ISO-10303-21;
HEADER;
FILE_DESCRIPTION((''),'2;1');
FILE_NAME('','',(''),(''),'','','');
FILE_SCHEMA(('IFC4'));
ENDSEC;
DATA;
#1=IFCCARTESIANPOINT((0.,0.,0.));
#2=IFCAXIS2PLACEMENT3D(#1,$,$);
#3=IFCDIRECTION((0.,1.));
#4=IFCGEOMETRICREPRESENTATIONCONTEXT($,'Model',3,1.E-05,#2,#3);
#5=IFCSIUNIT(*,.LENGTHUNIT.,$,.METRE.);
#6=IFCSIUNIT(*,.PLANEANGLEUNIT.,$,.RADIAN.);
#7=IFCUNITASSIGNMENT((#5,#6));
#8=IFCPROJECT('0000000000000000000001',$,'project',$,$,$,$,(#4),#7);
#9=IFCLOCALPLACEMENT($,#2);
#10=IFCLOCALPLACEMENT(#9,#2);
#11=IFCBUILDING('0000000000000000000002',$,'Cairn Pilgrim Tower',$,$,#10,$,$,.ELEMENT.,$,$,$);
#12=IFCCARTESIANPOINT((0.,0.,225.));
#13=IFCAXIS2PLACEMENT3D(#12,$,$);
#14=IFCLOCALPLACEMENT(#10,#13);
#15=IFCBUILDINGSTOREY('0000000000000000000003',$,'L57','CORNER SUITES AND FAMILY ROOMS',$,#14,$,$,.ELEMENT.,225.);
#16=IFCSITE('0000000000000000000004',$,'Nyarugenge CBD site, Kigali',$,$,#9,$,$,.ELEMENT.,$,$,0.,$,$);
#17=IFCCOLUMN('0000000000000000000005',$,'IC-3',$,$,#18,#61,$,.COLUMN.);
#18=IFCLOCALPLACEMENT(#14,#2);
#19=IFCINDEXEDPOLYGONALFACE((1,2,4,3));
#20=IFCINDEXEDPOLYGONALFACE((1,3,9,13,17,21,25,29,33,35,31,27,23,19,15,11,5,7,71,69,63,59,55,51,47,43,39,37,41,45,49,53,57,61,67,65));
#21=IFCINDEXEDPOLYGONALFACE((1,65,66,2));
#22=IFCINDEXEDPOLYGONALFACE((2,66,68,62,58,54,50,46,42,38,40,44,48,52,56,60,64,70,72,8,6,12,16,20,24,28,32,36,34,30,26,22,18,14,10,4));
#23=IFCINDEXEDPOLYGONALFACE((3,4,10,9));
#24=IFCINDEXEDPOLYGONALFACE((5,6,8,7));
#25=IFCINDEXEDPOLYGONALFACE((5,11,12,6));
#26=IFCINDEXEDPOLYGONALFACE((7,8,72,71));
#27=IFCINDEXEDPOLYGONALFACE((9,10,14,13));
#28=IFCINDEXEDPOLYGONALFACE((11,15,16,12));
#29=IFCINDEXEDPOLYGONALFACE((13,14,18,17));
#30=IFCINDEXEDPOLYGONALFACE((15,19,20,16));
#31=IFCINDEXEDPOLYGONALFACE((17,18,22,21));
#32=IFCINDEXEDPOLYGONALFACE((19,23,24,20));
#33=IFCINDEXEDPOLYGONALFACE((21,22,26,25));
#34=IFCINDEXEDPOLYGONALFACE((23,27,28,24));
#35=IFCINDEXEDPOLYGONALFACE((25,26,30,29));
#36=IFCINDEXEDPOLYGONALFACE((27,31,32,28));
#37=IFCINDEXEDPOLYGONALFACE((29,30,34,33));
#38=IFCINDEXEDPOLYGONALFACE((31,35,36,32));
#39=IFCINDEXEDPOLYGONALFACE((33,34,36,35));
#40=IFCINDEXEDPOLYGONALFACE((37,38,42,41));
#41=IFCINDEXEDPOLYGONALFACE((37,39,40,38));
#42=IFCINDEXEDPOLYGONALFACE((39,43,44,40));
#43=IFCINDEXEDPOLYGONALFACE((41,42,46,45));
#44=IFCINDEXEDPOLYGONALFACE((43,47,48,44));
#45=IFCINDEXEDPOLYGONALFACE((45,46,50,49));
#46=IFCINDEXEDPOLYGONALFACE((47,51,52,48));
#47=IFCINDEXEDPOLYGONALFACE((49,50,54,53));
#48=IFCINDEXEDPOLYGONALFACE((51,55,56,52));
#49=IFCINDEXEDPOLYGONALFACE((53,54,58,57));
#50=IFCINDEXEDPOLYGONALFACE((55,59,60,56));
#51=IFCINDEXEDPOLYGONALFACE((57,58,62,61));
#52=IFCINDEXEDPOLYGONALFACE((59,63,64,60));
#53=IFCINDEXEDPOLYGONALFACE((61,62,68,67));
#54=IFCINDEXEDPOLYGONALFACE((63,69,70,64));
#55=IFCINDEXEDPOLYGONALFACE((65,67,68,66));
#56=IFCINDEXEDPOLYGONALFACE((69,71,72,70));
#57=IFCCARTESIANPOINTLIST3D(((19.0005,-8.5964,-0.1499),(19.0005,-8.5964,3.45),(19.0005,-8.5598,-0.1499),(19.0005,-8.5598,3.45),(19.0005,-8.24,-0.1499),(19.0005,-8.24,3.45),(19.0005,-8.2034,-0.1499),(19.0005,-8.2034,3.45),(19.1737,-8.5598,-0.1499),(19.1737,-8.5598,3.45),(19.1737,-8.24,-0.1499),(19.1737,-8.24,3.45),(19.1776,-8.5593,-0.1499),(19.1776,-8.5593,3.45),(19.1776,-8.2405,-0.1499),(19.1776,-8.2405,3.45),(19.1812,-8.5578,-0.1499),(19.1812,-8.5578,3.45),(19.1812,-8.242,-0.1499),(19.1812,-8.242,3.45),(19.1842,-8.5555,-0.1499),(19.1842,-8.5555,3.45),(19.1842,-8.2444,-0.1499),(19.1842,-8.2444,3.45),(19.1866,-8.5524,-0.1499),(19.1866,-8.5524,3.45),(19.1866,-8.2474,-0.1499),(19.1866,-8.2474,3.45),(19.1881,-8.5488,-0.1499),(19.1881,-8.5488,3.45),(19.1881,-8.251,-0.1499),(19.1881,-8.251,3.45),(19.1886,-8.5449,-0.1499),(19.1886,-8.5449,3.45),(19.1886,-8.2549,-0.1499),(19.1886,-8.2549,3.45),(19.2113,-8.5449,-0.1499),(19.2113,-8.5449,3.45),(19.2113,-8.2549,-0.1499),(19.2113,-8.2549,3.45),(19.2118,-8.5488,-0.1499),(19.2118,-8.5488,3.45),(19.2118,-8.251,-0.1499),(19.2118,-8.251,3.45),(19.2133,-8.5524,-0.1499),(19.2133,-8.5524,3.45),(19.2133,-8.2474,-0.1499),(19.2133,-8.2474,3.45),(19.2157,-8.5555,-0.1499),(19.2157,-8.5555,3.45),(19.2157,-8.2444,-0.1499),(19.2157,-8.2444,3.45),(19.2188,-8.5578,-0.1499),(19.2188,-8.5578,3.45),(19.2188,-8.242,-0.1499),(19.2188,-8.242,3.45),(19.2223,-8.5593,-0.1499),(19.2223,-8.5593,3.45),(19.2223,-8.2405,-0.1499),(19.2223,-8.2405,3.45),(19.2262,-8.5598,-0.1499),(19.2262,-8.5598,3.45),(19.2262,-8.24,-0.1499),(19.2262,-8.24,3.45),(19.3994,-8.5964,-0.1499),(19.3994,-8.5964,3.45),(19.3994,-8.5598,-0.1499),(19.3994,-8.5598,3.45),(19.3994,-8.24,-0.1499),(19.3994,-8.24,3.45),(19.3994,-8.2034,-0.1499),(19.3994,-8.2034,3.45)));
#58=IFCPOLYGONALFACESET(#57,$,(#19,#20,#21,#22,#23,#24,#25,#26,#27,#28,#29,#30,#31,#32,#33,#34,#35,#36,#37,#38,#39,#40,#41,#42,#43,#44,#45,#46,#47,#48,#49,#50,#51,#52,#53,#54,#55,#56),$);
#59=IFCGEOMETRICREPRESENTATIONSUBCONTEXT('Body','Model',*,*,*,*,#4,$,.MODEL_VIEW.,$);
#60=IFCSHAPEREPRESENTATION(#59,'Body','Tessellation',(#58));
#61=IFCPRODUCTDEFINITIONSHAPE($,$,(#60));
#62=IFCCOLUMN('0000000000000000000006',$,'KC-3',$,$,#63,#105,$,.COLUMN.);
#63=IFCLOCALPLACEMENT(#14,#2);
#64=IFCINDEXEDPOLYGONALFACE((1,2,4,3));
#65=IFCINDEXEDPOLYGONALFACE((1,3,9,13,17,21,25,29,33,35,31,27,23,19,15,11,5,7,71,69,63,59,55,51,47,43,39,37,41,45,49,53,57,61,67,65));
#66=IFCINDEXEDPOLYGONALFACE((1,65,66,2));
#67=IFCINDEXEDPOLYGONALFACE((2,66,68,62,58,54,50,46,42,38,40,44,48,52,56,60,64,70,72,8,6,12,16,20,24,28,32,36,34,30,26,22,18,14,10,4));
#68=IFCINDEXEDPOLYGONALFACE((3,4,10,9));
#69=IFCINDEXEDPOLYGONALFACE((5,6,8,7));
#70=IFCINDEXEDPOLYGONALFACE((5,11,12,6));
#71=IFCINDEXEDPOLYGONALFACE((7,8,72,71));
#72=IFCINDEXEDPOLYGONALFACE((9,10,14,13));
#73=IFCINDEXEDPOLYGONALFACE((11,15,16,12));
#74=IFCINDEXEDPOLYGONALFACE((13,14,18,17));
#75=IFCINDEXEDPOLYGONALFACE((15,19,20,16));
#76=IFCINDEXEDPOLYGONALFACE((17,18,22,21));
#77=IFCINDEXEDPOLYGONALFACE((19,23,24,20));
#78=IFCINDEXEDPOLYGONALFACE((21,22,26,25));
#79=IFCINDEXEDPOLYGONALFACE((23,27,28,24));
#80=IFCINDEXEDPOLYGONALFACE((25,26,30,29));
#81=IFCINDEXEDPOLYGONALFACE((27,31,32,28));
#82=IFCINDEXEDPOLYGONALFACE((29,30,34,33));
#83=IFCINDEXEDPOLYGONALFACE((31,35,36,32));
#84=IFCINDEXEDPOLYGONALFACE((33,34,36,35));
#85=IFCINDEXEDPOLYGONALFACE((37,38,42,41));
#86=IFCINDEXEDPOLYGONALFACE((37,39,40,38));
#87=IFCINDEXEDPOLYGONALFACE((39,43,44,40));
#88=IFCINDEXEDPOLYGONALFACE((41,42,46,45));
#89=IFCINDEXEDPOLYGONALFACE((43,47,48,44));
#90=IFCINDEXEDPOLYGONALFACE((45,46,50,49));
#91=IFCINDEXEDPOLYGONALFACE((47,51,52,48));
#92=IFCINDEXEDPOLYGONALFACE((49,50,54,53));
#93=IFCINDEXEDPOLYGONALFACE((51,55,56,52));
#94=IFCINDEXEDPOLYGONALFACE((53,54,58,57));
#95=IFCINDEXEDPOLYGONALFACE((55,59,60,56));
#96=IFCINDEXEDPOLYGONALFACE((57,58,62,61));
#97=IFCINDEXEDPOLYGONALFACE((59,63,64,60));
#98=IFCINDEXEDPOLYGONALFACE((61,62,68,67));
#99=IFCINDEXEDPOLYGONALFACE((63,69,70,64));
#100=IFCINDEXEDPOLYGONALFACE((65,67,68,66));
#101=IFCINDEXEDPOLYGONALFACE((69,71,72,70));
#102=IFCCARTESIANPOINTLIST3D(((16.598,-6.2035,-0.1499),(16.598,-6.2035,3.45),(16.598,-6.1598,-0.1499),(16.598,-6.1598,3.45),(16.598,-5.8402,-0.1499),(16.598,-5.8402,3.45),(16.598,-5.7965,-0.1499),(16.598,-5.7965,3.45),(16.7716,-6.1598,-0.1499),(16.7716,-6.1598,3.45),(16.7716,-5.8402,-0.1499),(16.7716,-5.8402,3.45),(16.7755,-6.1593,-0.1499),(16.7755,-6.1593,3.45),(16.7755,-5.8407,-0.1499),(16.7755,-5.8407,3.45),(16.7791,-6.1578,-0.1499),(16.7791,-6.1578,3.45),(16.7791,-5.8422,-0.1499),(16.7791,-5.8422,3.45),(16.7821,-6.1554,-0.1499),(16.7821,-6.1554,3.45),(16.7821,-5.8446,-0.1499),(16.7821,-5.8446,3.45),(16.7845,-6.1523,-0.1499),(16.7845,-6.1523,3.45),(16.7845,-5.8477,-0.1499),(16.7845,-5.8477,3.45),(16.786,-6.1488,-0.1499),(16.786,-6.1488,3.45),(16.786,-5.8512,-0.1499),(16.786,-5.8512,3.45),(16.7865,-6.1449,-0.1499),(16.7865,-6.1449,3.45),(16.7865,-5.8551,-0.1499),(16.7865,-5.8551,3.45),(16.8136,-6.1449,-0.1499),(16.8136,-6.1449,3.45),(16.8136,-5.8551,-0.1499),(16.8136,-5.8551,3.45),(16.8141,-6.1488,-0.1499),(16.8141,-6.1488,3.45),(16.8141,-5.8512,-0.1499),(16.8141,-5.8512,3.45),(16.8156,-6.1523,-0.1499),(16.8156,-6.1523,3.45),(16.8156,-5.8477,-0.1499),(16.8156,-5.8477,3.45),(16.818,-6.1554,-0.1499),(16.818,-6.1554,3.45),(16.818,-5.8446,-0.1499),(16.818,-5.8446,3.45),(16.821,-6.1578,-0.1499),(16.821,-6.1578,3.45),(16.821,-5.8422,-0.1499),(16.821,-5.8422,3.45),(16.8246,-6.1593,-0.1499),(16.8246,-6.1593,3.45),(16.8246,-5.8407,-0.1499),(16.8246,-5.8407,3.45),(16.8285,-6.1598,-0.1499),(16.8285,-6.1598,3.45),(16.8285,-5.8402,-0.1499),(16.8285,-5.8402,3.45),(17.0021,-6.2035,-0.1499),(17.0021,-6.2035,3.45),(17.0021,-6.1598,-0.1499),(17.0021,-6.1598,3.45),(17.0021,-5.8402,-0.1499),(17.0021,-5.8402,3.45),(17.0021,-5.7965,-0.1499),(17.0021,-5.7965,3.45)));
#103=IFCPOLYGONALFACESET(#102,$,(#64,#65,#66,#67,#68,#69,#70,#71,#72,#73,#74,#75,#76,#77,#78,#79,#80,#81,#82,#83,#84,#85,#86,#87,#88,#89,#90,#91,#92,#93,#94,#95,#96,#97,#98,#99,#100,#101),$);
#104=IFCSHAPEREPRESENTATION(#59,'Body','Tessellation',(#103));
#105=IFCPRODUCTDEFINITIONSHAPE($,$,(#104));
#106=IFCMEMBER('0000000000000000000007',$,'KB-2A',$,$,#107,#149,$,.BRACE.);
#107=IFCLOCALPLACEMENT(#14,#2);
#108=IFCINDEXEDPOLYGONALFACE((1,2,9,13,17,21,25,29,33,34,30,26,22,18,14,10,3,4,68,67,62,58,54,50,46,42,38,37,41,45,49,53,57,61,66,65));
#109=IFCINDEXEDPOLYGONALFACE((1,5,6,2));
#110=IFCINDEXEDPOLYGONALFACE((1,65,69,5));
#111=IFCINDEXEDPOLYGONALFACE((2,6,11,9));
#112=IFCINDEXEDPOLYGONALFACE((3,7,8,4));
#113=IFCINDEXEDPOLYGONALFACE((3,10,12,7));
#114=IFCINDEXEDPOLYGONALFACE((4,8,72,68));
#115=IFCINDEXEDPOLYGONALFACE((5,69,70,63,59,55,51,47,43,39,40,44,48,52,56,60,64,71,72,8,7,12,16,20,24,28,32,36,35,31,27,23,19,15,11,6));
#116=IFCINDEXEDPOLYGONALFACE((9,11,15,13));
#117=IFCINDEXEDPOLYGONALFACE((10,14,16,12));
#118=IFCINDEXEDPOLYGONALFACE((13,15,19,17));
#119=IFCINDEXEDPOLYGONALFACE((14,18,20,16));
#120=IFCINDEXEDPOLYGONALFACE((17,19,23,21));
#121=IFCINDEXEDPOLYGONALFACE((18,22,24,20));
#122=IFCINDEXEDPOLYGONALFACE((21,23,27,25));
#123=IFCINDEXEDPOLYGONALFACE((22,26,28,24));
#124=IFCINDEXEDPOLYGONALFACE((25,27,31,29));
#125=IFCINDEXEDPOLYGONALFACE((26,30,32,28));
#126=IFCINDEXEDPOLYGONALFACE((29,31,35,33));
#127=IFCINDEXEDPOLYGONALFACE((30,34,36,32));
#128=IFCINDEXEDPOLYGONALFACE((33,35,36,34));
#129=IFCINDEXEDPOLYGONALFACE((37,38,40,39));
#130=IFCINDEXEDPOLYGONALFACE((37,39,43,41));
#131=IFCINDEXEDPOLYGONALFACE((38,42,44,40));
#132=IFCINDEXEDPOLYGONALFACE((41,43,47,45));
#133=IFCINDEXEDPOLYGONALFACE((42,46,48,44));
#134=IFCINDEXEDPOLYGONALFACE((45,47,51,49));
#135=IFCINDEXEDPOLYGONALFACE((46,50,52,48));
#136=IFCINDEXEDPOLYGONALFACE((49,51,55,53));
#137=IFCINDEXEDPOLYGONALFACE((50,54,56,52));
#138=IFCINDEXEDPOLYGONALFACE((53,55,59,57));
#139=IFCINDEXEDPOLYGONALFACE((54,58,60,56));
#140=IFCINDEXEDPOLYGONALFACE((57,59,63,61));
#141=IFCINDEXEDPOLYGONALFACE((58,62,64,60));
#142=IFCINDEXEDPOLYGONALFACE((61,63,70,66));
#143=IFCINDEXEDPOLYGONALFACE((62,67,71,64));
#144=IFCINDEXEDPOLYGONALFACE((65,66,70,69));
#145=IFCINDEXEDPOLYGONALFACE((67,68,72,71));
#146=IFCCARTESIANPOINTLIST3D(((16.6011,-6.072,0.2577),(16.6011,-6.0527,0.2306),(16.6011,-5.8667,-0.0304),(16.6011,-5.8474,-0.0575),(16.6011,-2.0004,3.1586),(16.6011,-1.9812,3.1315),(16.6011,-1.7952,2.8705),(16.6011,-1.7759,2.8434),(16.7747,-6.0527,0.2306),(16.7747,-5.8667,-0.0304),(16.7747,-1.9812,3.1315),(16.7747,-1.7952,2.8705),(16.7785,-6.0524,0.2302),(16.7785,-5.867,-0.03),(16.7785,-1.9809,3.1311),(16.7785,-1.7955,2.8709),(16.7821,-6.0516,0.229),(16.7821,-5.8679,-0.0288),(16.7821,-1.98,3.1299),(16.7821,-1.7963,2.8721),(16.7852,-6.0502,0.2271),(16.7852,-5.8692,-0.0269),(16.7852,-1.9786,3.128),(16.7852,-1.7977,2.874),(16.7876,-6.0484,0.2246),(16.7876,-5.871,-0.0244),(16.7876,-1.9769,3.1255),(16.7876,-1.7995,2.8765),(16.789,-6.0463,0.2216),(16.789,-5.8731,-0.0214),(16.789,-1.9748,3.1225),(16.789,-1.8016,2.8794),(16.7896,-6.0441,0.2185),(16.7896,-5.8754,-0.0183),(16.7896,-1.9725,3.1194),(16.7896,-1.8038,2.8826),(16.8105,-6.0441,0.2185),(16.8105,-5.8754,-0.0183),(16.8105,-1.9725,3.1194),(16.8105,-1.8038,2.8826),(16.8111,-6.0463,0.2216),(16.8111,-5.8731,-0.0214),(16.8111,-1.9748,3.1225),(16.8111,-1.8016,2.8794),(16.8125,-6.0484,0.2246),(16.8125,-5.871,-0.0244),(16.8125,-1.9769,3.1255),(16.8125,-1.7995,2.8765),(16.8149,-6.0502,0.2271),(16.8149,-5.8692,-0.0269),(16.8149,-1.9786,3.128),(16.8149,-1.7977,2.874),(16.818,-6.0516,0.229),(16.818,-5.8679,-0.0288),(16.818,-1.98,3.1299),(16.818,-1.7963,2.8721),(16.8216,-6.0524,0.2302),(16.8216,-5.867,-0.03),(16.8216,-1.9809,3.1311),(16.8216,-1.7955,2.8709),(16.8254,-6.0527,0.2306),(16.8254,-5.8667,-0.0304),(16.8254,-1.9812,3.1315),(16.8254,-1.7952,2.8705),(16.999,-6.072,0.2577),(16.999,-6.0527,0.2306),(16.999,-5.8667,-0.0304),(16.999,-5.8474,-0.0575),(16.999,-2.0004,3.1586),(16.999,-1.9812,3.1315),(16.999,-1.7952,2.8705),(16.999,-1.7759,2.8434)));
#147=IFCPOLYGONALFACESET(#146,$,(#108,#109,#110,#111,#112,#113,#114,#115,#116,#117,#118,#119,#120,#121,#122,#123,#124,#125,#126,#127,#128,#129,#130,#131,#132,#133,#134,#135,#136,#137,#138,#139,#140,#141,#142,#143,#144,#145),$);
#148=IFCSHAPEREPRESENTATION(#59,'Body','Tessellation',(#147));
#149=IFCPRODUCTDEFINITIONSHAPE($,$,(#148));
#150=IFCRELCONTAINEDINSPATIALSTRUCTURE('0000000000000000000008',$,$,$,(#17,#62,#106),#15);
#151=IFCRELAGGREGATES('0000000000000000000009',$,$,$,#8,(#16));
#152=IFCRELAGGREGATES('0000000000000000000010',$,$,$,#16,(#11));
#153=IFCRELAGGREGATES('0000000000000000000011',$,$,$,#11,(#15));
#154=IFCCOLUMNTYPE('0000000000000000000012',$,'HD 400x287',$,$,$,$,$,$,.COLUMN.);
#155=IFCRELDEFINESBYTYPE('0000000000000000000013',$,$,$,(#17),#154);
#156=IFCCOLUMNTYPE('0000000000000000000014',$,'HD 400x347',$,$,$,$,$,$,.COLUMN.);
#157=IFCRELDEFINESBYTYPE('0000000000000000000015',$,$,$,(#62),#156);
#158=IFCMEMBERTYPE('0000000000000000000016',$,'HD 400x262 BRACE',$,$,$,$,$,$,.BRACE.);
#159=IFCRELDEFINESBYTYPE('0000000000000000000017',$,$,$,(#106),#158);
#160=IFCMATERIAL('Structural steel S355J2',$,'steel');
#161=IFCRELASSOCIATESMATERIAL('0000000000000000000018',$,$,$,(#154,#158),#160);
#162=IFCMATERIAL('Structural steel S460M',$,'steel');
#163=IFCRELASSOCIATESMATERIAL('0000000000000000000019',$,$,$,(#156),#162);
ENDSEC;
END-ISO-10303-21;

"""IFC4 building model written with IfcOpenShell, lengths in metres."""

from ifc_helpers import new_model, si_unit, direction, frame, origin, origin_2d, place, context, subcontext, project, spatial, i_section, extrude, material, material_profile, profile_set, type_object, element, save


model = new_model("IFC4")

# Units and contexts
model_context = context("Model", 3, precision=1e-05, world=origin(), true_north=direction((0.0, 1.0)))
body_context = subcontext(model_context, "Body", "Model", "MODEL_VIEW")
ifc_project = project(units=[si_unit("LENGTHUNIT", "METRE"), si_unit("PLANEANGLEUNIT", "RADIAN")], contexts=[model_context])

# Site, building, storey
site_placement = place(None, origin())
site = spatial("IfcSite", under=ifc_project, at=site_placement, Name="Nyarugenge CBD site, Kigali", CompositionType="ELEMENT", RefElevation=0.0)
building_placement = place(site_placement, origin())
building = spatial("IfcBuilding", under=site, at=building_placement, Name="Cairn Pilgrim Tower", CompositionType="ELEMENT")
storey_placement = place(building_placement, frame((0.0, 0.0, 225.0)))
storey = spatial("IfcBuildingStorey", under=building, at=storey_placement, Name="L57", Description="CORNER SUITES AND FAMILY ROOMS", CompositionType="ELEMENT", Elevation=225.0)

# Columns
ifc_material_1 = material(Name="Structural steel S355J2", Category="steel")
ifc_material_profile_1 = material_profile(ifc_material_1, i_section(OverallWidth=0.3989, OverallDepth=0.3931, WebThickness=0.0227, FlangeThickness=0.0366, FilletRadius=0.0149, at=origin_2d()), Name="HD 400x287")
ifc_profile_set_1 = profile_set([ifc_material_profile_1], Name="Structural steel S355J2")
column_type_1 = type_object("IfcColumnType", Name="HD 400x287", PredefinedType="COLUMN", material=ifc_profile_set_1)
column_1_placement = place(storey_placement, frame((19.2, -8.3999, -0.1499), z_axis=(0.0, 0.0, 1.0), x_axis=(1.0, 0.0, 0.0)))
element("IfcColumn", 1, at=column_1_placement, inside=storey, type_object=column_type_1, Name="IC-3", PredefinedType="COLUMN", context=body_context, shape_type="SweptSolid", body=[
    extrude(i_section(OverallWidth=0.3989, OverallDepth=0.3931, WebThickness=0.0227, FlangeThickness=0.0366, FilletRadius=0.0149, at=origin_2d()), origin(), (0.0, 0.0, 1.0), 3.5999),
])
ifc_material_2 = material(Name="Structural steel S460M", Category="steel")
ifc_material_profile_2 = material_profile(ifc_material_2, i_section(OverallWidth=0.4041, OverallDepth=0.407, WebThickness=0.0271, FlangeThickness=0.0437, FilletRadius=0.0149, at=origin_2d()), Name="HD 400x347")
ifc_profile_set_2 = profile_set([ifc_material_profile_2], Name="Structural steel S460M")
column_type_2 = type_object("IfcColumnType", Name="HD 400x347", PredefinedType="COLUMN", material=ifc_profile_set_2)
column_2_placement = place(storey_placement, frame((16.8, -6.0, -0.1499), z_axis=(0.0, 0.0, 1.0), x_axis=(1.0, 0.0, 0.0)))
element("IfcColumn", 2, at=column_2_placement, inside=storey, type_object=column_type_2, Name="KC-3", PredefinedType="COLUMN", context=body_context, shape_type="SweptSolid", body=[
    extrude(i_section(OverallWidth=0.4041, OverallDepth=0.407, WebThickness=0.0271, FlangeThickness=0.0437, FilletRadius=0.0149, at=origin_2d()), origin(), (0.0, 0.0, 1.0), 3.5999),
])

# Member
ifc_material_profile_3 = material_profile(ifc_material_1, i_section(OverallWidth=0.3979, OverallDepth=0.387, WebThickness=0.021, FlangeThickness=0.0332, FilletRadius=0.0149, at=origin_2d()), Name="HD 400x262")
ifc_profile_set_3 = profile_set([ifc_material_profile_3], Name="Structural steel S355J2")
member_type = type_object("IfcMemberType", Name="HD 400x262 BRACE", PredefinedType="BRACE", material=ifc_profile_set_3)
member_placement = place(storey_placement, frame((16.8, -5.9597, 0.1001), z_axis=(0.0, 0.814429, 0.580263), x_axis=(-1.0, 0.0, 0.0)))
element("IfcMember", 3, at=member_placement, inside=storey, type_object=member_type, Name="KB-2A", PredefinedType="BRACE", context=body_context, shape_type="SweptSolid", body=[
    extrude(i_section(OverallWidth=0.3979, OverallDepth=0.387, WebThickness=0.021, FlangeThickness=0.0332, FilletRadius=0.0149, at=origin_2d()), origin(), (0.0, 0.0, 1.0), 4.9993),
])

save(model, "model.ifc")
